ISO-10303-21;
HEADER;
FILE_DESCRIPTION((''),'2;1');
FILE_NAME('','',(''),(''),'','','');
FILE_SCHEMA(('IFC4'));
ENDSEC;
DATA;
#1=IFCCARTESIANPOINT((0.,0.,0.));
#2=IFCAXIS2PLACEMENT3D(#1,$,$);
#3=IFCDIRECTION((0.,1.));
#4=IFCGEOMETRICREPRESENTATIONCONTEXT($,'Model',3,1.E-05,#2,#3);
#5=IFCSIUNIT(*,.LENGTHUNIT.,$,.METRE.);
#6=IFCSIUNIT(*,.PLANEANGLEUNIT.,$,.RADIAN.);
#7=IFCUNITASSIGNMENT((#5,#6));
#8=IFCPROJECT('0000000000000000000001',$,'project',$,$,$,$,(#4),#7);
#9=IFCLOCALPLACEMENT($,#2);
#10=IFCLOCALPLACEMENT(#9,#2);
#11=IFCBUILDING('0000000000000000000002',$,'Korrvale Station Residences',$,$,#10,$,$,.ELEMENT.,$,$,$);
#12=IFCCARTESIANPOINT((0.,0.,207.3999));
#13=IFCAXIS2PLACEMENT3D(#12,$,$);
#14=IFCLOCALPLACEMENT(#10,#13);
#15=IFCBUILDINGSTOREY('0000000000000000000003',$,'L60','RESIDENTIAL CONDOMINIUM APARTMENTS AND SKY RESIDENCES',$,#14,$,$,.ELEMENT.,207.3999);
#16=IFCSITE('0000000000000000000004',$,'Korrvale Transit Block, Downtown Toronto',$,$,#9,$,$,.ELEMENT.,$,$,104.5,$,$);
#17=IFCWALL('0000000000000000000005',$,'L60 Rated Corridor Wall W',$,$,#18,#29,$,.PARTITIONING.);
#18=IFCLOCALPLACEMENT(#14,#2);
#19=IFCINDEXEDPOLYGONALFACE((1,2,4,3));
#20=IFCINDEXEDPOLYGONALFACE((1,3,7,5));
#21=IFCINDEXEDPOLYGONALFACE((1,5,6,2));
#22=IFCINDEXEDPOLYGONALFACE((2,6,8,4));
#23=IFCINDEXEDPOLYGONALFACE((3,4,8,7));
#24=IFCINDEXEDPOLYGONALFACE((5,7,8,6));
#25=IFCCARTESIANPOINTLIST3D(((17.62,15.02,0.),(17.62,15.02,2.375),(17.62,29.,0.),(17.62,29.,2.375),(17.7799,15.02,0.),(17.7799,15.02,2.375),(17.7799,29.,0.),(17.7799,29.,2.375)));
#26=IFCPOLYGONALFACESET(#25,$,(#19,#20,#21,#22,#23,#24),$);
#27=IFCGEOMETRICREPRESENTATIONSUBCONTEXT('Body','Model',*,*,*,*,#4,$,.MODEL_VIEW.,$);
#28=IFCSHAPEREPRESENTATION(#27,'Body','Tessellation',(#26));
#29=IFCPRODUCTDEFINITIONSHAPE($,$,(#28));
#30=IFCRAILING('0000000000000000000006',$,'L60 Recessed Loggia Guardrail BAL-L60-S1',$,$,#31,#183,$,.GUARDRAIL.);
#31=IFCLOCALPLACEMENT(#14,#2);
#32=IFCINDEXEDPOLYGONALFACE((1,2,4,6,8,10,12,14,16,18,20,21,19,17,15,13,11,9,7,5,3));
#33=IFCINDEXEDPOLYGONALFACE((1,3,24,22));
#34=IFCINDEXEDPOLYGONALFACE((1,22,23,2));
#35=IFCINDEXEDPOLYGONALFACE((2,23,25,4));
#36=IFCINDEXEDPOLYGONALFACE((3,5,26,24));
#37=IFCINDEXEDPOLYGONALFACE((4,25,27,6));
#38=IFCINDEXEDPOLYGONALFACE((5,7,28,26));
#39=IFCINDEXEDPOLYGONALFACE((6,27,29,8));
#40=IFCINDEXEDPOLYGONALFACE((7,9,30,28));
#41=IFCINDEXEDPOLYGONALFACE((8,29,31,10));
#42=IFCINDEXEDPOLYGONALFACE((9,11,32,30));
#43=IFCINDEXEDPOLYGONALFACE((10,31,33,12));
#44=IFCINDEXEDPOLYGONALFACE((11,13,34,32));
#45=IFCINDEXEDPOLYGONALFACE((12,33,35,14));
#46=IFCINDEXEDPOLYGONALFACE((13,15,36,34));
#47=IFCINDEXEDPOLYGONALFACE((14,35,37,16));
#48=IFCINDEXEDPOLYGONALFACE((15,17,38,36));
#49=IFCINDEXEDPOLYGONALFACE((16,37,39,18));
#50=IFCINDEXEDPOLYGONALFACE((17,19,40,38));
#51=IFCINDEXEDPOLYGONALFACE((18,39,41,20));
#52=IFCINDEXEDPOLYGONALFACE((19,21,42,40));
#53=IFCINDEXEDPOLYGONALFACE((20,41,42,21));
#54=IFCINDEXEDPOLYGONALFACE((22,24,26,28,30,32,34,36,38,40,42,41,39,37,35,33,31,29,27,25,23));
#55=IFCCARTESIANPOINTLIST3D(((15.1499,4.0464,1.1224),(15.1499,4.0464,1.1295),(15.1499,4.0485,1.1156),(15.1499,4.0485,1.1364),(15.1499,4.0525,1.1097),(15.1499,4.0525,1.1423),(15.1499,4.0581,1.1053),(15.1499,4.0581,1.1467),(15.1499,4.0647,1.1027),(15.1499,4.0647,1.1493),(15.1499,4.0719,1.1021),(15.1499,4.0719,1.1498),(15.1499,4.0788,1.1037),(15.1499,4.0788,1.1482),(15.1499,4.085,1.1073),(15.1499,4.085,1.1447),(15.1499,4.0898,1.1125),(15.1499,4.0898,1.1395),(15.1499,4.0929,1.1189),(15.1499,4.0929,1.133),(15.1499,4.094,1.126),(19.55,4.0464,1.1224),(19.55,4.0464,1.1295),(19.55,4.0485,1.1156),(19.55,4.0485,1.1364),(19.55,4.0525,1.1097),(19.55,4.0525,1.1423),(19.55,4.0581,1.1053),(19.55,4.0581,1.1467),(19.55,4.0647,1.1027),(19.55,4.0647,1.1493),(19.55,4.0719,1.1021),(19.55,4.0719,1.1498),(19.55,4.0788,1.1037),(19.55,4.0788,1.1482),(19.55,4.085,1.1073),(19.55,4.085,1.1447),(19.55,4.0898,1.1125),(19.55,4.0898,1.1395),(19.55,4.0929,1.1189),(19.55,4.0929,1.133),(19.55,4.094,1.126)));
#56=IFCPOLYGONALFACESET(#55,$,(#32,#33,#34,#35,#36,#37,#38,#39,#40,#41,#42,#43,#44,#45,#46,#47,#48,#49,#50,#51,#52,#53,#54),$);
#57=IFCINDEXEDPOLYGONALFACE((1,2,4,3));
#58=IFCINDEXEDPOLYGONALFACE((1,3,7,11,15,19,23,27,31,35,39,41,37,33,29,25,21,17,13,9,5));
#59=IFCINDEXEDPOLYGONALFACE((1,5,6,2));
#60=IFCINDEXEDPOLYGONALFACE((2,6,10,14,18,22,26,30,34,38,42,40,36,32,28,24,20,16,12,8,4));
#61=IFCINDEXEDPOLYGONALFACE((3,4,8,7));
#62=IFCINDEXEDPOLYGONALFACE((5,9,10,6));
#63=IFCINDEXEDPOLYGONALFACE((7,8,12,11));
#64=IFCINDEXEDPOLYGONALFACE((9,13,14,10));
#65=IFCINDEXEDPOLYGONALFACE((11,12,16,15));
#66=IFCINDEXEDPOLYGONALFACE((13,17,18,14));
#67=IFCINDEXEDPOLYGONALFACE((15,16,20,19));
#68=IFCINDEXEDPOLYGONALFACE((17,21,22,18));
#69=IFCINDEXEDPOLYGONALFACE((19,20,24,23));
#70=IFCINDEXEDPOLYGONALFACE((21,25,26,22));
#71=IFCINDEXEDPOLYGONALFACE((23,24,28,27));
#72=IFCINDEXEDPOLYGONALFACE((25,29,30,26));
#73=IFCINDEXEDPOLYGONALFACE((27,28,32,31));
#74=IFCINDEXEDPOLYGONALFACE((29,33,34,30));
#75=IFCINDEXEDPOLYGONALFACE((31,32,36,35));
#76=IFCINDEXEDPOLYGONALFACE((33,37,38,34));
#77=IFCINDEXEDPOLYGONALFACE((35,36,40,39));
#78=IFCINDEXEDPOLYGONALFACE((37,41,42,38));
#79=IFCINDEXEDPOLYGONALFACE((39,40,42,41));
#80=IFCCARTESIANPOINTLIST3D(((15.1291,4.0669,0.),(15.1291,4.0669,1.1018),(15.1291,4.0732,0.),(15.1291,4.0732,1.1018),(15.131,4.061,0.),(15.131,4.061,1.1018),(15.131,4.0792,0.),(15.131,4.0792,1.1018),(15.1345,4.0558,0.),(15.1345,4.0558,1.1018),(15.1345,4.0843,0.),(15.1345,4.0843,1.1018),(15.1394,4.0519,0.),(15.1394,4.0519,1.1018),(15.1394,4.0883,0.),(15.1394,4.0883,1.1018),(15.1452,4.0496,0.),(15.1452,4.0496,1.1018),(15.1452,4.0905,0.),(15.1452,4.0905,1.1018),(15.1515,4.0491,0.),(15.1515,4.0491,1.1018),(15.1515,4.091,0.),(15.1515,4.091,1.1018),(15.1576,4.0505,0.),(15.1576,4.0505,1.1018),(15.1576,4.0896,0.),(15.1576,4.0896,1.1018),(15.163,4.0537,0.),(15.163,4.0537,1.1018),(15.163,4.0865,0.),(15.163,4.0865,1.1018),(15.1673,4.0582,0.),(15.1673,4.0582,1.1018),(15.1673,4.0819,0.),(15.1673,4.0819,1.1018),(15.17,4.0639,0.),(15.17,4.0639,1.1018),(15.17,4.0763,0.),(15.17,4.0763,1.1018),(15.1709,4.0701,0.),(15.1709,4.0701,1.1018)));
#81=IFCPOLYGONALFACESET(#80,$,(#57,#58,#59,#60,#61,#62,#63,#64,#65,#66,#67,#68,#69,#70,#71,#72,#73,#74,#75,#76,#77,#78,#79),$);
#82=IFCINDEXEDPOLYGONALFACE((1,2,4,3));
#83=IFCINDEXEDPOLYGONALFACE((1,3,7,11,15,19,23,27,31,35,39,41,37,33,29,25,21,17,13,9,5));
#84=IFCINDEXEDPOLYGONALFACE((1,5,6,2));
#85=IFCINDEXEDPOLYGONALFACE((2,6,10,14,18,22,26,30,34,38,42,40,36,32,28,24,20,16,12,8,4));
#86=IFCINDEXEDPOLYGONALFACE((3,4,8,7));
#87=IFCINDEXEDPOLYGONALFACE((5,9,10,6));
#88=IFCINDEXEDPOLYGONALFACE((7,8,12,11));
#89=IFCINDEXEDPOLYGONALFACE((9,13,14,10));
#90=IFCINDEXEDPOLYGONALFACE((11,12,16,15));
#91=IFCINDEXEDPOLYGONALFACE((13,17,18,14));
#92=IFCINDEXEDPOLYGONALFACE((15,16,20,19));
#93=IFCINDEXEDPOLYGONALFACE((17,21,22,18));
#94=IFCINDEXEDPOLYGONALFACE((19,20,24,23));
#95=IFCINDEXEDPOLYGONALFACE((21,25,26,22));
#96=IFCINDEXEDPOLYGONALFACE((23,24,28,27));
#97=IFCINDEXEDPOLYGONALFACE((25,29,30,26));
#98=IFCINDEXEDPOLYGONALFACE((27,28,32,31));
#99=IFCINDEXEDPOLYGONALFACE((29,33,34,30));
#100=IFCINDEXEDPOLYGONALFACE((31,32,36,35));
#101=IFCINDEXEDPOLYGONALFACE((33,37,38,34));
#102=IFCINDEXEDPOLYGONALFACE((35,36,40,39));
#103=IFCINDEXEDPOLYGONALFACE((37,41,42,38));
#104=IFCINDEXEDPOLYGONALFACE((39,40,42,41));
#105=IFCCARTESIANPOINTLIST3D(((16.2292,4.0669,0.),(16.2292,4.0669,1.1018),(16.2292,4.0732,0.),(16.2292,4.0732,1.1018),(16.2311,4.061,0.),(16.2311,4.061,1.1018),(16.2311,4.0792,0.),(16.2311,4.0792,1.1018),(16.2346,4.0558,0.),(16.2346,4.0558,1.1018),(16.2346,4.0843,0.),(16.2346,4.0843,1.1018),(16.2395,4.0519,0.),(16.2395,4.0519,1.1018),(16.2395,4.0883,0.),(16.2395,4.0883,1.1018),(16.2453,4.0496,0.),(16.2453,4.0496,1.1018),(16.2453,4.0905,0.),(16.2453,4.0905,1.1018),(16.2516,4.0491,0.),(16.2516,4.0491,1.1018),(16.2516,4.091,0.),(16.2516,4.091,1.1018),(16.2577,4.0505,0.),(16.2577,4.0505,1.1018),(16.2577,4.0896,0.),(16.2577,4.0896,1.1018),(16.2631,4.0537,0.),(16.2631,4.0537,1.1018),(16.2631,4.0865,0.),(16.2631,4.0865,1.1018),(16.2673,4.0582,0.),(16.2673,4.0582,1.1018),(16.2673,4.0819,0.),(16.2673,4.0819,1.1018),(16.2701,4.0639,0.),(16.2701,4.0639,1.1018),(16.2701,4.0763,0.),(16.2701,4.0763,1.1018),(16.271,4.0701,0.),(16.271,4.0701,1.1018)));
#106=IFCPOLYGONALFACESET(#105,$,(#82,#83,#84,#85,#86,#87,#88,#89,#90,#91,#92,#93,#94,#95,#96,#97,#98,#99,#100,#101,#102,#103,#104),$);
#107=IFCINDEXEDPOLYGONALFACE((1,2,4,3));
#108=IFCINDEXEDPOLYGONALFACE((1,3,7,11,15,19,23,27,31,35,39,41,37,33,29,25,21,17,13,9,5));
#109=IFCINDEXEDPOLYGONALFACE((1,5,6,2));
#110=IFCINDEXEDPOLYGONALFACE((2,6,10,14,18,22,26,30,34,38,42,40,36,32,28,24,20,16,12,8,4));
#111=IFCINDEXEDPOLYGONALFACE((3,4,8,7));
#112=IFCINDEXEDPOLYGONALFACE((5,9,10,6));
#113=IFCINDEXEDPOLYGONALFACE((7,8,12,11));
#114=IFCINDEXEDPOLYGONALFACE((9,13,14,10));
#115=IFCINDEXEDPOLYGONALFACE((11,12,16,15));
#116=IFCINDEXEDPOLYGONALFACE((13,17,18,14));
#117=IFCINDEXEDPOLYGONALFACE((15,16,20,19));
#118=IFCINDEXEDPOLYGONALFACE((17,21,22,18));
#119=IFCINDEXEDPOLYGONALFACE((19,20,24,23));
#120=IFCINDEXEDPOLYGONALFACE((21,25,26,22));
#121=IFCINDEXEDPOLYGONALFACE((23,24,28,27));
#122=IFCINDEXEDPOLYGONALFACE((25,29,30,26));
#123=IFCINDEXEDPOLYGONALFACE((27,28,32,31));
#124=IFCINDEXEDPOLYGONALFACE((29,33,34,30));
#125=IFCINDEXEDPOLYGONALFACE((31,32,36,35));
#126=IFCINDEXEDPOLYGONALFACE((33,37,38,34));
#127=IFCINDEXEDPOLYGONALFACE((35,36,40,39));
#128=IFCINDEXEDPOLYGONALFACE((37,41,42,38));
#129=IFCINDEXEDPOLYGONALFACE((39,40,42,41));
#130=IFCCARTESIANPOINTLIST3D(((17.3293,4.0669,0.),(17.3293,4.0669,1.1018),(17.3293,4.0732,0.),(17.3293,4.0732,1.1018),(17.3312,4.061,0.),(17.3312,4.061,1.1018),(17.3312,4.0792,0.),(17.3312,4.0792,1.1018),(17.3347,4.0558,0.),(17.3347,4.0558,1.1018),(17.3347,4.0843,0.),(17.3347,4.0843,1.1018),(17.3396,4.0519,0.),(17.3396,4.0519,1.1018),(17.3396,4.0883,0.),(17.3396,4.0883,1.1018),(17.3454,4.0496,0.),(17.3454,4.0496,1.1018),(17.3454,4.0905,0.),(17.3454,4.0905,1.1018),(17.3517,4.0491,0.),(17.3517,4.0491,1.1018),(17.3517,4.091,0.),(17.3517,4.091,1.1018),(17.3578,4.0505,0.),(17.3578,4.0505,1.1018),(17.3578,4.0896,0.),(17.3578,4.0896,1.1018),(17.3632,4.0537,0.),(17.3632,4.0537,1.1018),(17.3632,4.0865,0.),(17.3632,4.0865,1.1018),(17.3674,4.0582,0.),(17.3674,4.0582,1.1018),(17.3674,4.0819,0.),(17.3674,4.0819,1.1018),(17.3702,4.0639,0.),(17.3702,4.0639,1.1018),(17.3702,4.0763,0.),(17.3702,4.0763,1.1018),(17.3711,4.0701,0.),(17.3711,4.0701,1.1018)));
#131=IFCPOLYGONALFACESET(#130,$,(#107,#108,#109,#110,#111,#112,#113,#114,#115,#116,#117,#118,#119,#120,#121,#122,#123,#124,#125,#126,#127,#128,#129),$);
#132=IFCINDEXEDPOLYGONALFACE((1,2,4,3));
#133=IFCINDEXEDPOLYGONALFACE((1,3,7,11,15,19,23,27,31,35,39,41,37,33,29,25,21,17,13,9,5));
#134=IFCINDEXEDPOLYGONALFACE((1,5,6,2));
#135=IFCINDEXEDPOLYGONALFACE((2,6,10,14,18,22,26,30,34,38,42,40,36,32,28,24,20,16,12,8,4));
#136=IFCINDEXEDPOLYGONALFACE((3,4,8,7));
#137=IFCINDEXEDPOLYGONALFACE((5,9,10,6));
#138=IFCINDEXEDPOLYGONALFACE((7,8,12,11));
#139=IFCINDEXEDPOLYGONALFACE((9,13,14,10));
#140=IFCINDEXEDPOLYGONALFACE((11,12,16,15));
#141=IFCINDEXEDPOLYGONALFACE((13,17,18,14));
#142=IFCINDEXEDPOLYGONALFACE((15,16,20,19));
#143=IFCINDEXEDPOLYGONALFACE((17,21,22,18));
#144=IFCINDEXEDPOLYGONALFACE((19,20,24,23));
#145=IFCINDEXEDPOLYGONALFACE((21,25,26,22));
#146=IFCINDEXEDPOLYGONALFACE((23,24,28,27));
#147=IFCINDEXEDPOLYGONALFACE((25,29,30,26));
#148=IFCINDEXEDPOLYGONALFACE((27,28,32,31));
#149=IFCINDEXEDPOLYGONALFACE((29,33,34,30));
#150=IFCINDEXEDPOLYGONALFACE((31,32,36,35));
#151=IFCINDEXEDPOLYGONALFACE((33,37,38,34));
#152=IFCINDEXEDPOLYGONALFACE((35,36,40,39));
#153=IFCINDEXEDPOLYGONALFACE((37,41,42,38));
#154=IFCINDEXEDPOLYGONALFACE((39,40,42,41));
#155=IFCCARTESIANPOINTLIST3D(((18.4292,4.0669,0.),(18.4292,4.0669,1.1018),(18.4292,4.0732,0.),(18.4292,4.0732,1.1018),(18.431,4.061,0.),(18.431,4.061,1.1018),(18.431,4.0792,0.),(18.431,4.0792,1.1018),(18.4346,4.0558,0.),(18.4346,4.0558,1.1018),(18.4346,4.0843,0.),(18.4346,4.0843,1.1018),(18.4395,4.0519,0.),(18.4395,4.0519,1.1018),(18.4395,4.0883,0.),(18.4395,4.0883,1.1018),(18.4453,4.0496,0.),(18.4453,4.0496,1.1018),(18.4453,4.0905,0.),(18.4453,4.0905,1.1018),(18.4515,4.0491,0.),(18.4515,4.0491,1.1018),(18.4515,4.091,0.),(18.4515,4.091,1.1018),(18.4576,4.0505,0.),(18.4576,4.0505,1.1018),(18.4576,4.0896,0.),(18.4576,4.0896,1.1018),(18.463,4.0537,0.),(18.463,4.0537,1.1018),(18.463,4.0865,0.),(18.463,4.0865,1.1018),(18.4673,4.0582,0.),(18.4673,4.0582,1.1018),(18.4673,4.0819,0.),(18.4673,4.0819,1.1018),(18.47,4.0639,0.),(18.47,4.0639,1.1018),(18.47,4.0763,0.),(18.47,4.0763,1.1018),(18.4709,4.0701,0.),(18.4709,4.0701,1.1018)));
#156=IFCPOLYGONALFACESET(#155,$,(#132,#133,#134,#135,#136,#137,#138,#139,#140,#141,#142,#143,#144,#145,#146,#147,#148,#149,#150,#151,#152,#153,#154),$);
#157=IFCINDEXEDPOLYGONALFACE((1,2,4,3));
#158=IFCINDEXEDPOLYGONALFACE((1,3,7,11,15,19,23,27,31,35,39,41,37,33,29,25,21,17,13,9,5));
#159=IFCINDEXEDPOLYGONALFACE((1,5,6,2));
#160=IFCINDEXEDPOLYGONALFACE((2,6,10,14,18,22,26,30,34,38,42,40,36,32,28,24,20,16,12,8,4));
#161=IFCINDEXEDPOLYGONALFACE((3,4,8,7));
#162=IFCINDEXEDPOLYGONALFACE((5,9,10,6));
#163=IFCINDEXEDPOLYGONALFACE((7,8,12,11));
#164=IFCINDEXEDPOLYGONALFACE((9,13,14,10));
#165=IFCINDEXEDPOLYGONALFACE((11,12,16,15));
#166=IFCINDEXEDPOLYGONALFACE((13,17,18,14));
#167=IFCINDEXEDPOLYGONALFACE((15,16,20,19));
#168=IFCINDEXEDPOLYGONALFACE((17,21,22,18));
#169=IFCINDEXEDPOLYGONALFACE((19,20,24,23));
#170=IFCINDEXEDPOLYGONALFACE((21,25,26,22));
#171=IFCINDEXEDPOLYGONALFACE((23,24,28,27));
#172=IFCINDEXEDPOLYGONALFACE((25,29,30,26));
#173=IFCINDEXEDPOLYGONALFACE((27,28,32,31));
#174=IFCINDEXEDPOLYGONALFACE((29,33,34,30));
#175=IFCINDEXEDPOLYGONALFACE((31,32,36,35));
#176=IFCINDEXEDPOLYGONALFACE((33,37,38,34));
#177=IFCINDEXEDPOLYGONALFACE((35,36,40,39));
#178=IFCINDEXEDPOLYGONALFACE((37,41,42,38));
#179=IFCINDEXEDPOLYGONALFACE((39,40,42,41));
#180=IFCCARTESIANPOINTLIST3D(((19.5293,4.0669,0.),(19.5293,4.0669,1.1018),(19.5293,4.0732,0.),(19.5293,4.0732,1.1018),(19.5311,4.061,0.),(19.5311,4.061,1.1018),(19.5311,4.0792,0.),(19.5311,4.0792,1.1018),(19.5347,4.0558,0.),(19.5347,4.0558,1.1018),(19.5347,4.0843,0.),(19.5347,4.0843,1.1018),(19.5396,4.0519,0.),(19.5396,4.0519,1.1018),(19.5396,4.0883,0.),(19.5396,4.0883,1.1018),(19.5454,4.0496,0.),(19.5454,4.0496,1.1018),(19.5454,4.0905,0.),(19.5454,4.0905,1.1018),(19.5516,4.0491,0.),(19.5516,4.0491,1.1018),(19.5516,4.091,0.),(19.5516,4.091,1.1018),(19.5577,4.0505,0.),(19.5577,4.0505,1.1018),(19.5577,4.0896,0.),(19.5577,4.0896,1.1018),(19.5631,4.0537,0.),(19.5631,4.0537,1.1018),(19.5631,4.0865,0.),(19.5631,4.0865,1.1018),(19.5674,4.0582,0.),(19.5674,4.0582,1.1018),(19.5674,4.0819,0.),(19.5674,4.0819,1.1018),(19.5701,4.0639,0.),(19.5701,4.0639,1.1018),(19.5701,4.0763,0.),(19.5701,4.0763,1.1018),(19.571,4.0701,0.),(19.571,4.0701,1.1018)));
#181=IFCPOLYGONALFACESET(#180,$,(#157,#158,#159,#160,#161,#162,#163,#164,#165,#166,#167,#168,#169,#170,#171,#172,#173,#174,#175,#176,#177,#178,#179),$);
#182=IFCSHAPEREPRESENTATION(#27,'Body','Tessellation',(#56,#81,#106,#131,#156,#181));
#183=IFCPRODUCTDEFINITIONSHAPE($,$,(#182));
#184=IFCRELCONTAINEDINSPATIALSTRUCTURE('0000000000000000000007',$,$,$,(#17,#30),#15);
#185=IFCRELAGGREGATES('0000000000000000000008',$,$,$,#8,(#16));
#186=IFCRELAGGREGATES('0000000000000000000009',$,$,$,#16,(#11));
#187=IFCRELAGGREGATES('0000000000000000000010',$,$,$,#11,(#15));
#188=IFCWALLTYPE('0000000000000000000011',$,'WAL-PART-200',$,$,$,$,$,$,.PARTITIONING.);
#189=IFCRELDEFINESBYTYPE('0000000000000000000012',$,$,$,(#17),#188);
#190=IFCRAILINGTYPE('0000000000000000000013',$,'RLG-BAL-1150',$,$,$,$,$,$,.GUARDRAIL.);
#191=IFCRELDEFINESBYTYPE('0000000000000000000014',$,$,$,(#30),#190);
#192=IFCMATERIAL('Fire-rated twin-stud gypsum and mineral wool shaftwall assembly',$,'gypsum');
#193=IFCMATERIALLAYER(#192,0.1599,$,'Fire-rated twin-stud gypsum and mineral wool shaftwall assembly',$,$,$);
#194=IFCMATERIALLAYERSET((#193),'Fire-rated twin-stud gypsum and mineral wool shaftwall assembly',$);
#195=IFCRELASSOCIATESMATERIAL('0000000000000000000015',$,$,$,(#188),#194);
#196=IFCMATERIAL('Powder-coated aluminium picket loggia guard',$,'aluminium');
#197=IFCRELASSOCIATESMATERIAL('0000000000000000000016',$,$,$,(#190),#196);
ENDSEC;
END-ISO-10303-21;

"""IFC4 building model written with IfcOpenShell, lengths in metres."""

from ifc_helpers import new_model, si_unit, direction, frame, frame_2d, origin, origin_2d, place, context, subcontext, project, spatial, rectangle, circle, extrude, material, layer, layer_set, type_object, element, save


model = new_model("IFC4")

# Units and contexts
model_context = context("Model", 3, precision=1e-05, world=origin(), true_north=direction((0.0, 1.0)))
body_context = subcontext(model_context, "Body", "Model", "MODEL_VIEW")
ifc_project = project(units=[si_unit("LENGTHUNIT", "METRE"), si_unit("PLANEANGLEUNIT", "RADIAN")], contexts=[model_context])

# Site, building, storey
site_placement = place(None, origin())
site = spatial("IfcSite", under=ifc_project, at=site_placement, Name="Korrvale Transit Block, Downtown Toronto", CompositionType="ELEMENT", RefElevation=104.5)
building_placement = place(site_placement, origin())
building = spatial("IfcBuilding", under=site, at=building_placement, Name="Korrvale Station Residences", CompositionType="ELEMENT")
storey_placement = place(building_placement, frame((0.0, 0.0, 207.3999)))
storey = spatial("IfcBuildingStorey", under=building, at=storey_placement, Name="L60", Description="RESIDENTIAL CONDOMINIUM APARTMENTS AND SKY RESIDENCES", CompositionType="ELEMENT", Elevation=207.3999)

# Wall
ifc_material_1 = material(Name="Fire-rated twin-stud gypsum and mineral wool shaftwall assembly", Category="gypsum")
ifc_layer_1 = layer(ifc_material_1, 0.1599, Name="Fire-rated twin-stud gypsum and mineral wool shaftwall assembly")
ifc_layer_set_1 = layer_set([ifc_layer_1], Name="Fire-rated twin-stud gypsum and mineral wool shaftwall assembly")
wall_type_1 = type_object("IfcWallType", Name="WAL-PART-200", PredefinedType="PARTITIONING", material=ifc_layer_set_1)
wall_1_placement = place(storey_placement, frame((17.7, 15.02, 0.0), z_axis=(0.0, 0.0, 1.0), x_axis=(0.0, 1.0, 0.0)))
element("IfcWall", 1, at=wall_1_placement, inside=storey, type_object=wall_type_1, Name="L60 Rated Corridor Wall W", PredefinedType="PARTITIONING", context=body_context, shape_type="SweptSolid", body=[
    extrude(rectangle(XDim=13.98, YDim=0.1599, at=frame_2d((6.99, 0.0))), origin(), (0.0, 0.0, 1.0), 2.375),
])

# Railing
ifc_material_2 = material(Name="Powder-coated aluminium picket loggia guard", Category="aluminium")
railing_type = type_object("IfcRailingType", Name="RLG-BAL-1150", PredefinedType="GUARDRAIL", material=ifc_material_2)
railing_placement = place(storey_placement, frame((15.1499, 4.0701, 0.0)))
element("IfcRailing", 2, at=railing_placement, inside=storey, type_object=railing_type, Name="L60 Recessed Loggia Guardrail BAL-L60-S1", PredefinedType="GUARDRAIL", context=body_context, shape_type="SweptSolid", body=[
    extrude(circle(Radius=0.0239, at=origin_2d()), frame((0.0, 0.0, 1.126), z_axis=(1.0, 0.0, 0.0), x_axis=(0.0, 1.0, 0.0)), (0.0, 0.0, 1.0), 4.4001),
    extrude(circle(Radius=0.021, at=origin_2d()), origin(), (0.0, 0.0, 1.0), 1.1018),
    extrude(circle(Radius=0.021, at=origin_2d()), frame((1.1001, 0.0, 0.0)), (0.0, 0.0, 1.0), 1.1018),
    extrude(circle(Radius=0.021, at=origin_2d()), frame((2.2002, 0.0, 0.0)), (0.0, 0.0, 1.0), 1.1018),
    extrude(circle(Radius=0.021, at=origin_2d()), frame((3.3, 0.0, 0.0)), (0.0, 0.0, 1.0), 1.1018),
    extrude(circle(Radius=0.021, at=origin_2d()), frame((4.4001, 0.0, 0.0)), (0.0, 0.0, 1.0), 1.1018),
])

save(model, "model.ifc")
